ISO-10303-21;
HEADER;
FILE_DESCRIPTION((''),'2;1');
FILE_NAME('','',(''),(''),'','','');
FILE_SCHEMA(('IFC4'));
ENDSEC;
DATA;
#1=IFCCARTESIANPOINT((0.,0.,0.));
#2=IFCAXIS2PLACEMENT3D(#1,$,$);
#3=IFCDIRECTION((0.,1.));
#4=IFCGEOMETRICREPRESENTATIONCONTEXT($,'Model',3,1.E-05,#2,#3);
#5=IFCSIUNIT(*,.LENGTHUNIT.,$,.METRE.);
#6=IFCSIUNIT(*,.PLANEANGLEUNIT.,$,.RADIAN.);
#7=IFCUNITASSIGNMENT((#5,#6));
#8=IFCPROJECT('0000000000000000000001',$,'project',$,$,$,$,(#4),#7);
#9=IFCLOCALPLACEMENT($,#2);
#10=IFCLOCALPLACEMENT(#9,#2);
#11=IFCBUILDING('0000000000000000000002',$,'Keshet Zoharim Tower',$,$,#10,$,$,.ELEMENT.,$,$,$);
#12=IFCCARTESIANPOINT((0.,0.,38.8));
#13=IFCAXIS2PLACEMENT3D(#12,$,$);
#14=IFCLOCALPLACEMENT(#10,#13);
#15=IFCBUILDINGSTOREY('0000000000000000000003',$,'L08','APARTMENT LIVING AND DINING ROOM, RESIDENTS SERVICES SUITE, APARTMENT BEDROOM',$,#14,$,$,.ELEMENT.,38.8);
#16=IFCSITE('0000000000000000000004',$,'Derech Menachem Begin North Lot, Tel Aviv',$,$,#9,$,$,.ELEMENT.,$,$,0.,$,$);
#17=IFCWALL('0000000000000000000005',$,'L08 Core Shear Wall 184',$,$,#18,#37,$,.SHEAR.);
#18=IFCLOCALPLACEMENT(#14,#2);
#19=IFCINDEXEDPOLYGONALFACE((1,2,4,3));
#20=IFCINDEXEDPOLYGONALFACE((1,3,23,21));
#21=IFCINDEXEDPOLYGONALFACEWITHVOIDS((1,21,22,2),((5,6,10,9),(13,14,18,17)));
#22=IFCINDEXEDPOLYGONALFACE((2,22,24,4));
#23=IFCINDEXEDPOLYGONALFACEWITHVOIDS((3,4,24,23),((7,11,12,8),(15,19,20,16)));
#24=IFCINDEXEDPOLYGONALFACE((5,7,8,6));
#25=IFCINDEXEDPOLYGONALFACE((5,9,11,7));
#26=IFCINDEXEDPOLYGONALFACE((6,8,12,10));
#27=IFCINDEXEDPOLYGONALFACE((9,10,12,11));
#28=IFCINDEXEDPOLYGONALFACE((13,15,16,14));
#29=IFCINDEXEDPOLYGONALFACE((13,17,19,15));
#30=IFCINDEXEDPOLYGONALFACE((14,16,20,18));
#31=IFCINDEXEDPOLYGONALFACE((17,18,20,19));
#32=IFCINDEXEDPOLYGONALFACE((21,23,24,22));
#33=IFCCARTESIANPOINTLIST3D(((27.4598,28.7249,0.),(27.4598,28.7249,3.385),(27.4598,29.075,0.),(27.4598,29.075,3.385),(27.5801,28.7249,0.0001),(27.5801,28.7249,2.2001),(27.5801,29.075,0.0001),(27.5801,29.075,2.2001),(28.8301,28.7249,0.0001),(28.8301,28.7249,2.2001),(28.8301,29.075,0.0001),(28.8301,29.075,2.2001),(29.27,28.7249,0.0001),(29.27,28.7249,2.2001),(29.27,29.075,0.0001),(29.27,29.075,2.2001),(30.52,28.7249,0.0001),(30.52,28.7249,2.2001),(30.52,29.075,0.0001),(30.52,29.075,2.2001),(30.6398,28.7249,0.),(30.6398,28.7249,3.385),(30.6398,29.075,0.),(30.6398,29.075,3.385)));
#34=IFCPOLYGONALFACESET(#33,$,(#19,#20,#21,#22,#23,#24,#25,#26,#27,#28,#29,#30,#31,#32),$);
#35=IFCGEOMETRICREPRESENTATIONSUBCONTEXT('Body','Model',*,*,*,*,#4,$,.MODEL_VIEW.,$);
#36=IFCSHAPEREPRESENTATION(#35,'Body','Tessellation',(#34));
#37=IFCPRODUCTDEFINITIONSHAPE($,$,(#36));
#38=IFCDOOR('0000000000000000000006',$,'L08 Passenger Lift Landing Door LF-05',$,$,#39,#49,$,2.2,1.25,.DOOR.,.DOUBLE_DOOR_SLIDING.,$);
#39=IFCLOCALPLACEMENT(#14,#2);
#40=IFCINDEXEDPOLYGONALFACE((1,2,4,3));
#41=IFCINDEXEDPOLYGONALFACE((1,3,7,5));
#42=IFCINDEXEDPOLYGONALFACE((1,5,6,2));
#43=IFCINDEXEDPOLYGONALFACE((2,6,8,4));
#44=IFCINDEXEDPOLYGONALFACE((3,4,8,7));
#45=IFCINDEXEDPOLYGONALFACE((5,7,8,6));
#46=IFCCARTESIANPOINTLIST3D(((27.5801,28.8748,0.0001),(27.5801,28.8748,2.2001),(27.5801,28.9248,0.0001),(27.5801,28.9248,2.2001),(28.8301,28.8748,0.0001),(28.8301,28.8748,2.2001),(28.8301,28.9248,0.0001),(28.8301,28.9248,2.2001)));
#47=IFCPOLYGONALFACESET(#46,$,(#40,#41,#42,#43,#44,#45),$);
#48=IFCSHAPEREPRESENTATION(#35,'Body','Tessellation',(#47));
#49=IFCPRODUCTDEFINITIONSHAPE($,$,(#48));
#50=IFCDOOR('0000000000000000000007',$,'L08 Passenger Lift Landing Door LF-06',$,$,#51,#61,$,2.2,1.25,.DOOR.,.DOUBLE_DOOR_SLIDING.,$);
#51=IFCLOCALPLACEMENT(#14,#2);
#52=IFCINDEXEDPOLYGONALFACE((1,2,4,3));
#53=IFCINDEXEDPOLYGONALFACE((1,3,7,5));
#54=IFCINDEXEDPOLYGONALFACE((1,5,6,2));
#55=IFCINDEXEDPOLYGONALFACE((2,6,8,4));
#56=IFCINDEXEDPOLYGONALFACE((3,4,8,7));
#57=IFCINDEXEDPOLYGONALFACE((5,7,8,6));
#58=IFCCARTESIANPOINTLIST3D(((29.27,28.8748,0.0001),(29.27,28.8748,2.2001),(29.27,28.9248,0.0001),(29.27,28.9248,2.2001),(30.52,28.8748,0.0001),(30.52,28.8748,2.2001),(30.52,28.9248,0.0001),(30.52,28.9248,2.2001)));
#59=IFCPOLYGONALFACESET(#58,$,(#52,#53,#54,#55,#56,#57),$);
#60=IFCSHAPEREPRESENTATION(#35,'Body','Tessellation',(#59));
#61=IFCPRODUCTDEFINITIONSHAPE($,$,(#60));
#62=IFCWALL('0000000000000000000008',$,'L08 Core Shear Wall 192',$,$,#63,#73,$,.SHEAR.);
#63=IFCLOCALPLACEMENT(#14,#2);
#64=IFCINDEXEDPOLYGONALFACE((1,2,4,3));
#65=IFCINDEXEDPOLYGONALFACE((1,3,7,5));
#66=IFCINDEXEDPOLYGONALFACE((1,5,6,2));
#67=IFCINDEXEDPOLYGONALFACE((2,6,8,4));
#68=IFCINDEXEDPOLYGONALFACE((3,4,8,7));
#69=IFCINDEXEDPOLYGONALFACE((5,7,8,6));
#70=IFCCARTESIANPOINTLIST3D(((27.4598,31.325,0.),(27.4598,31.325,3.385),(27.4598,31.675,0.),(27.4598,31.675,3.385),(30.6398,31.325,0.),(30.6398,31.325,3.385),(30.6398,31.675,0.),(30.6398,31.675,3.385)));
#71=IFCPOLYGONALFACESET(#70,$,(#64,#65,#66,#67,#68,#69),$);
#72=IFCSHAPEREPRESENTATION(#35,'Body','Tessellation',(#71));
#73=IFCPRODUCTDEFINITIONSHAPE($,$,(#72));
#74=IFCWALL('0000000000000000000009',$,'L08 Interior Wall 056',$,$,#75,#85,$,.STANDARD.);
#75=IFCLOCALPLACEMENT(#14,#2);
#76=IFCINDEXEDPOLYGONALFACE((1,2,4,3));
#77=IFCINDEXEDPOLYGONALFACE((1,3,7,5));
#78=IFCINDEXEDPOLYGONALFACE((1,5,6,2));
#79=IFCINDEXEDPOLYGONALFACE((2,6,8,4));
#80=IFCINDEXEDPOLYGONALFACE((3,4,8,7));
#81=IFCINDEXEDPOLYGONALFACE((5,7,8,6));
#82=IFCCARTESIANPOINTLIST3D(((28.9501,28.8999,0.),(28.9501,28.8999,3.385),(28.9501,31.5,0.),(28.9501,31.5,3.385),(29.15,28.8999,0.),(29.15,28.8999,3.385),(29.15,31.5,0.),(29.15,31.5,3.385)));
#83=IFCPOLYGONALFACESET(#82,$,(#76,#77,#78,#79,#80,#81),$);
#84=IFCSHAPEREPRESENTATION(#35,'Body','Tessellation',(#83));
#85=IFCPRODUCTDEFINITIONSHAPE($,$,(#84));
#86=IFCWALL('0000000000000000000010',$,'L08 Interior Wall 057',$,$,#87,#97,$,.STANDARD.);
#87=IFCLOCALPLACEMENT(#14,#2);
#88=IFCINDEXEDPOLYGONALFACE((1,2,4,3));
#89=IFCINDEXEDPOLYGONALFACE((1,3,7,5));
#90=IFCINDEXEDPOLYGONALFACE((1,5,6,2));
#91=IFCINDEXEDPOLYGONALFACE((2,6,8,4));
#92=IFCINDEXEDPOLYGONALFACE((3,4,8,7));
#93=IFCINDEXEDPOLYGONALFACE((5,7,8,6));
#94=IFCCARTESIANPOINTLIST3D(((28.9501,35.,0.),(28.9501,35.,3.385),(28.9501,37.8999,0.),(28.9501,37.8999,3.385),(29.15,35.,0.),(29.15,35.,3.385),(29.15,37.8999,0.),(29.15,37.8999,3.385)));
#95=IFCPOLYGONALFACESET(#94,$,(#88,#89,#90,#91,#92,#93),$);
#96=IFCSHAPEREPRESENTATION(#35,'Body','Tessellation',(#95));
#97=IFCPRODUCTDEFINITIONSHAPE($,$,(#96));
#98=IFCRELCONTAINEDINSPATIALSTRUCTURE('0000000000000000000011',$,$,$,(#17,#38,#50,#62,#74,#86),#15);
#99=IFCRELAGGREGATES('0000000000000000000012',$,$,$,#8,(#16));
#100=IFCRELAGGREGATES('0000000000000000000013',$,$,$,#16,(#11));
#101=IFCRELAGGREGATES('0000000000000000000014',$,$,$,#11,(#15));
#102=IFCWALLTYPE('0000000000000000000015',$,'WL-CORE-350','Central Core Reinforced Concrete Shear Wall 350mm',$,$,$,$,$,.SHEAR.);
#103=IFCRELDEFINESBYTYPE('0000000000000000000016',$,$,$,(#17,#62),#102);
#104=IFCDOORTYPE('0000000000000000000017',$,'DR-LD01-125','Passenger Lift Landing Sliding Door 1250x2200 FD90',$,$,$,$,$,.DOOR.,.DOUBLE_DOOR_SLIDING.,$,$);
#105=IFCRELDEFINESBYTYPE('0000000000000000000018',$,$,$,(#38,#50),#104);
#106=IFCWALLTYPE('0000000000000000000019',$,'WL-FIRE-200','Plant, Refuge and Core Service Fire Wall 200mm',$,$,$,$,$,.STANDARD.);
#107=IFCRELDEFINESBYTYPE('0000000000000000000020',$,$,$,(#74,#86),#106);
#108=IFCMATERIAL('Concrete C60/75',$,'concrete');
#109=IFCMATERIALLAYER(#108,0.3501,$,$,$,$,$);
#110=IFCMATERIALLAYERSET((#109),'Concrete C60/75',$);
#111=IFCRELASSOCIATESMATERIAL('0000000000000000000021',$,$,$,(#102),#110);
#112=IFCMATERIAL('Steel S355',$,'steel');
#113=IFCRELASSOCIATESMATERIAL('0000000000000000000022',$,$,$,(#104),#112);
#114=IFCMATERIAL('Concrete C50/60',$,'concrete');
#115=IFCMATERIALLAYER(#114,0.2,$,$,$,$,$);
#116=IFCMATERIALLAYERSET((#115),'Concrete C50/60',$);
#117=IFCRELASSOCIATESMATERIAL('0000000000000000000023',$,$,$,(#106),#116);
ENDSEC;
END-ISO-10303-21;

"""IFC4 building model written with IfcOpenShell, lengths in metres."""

from ifc_helpers import new_model, si_unit, direction, frame, frame_2d, origin, place, context, subcontext, project, spatial, rectangle, extrude, material, layer, layer_set, type_object, element, fill, save


model = new_model("IFC4")

# Units and contexts
model_context = context("Model", 3, precision=1e-05, world=origin(), true_north=direction((0.0, 1.0)))
body_context = subcontext(model_context, "Body", "Model", "MODEL_VIEW")
ifc_project = project(units=[si_unit("LENGTHUNIT", "METRE"), si_unit("PLANEANGLEUNIT", "RADIAN")], contexts=[model_context])

# Site, building, storey
site_placement = place(None, origin())
site = spatial("IfcSite", under=ifc_project, at=site_placement, Name="Derech Menachem Begin North Lot, Tel Aviv", CompositionType="ELEMENT", RefElevation=0.0)
building_placement = place(site_placement, origin())
building = spatial("IfcBuilding", under=site, at=building_placement, Name="Keshet Zoharim Tower", CompositionType="ELEMENT")
storey_placement = place(building_placement, frame((0.0, 0.0, 38.8)))
storey = spatial("IfcBuildingStorey", under=building, at=storey_placement, Name="L08", Description="APARTMENT LIVING AND DINING ROOM, RESIDENTS SERVICES SUITE, APARTMENT BEDROOM", CompositionType="ELEMENT", Elevation=38.8)

# Shared definitions
ifc_material_1 = material(Name="Concrete C60/75", Category="concrete")

# Shared definitions
ifc_material_2 = material(Name="Steel S355", Category="steel")

# Shared definitions
ifc_layer_1 = layer(ifc_material_1, 0.3501)
ifc_layer_set_1 = layer_set([ifc_layer_1], Name="Concrete C60/75")
wall_type_1 = type_object("IfcWallType", Name="WL-CORE-350", Description="Central Core Reinforced Concrete Shear Wall 350mm", PredefinedType="SHEAR", material=ifc_layer_set_1)

# Wall, openings, doors
door_type_1 = type_object("IfcDoorType", Name="DR-LD01-125", Description="Passenger Lift Landing Sliding Door 1250x2200 FD90", OperationType="DOUBLE_DOOR_SLIDING", PredefinedType="DOOR", material=ifc_material_2)
wall_1_placement = place(storey_placement, frame((27.46, 28.8999, 0.0), z_axis=(0.0, 0.0, 1.0), x_axis=(1.0, 0.0, 0.0)))
wall_1 = element("IfcWall", 1, at=wall_1_placement, inside=storey, type_object=wall_type_1, Name="L08 Core Shear Wall 184", PredefinedType="SHEAR", context=body_context, shape_type="SweptSolid", body=[
    extrude(rectangle(XDim=3.1799, YDim=0.3501, at=frame_2d((1.5898, 0.0))), origin(), (0.0, 0.0, 1.0), 3.385),
])
opening_1_placement = place(wall_1_placement, frame((0.1201, 0.0, 0.0)))
opening_1 = element("IfcOpeningElement", 2, at=opening_1_placement, cuts=wall_1, PredefinedType="OPENING", context=body_context, shape_type="SweptSolid", body=[
    extrude(rectangle(XDim=1.25, YDim=2.2, at=frame_2d((0.625, 1.1001))), frame((0.0, 0.1851, 0.0), z_axis=(0.0, -1.0, 0.0), x_axis=(1.0, 0.0, 0.0)), (0.0, 0.0, 1.0), 0.3701),
])
opening_2_placement = place(wall_1_placement, frame((1.8101, 0.0, 0.0)))
opening_2 = element("IfcOpeningElement", 3, at=opening_2_placement, cuts=wall_1, PredefinedType="OPENING", context=body_context, shape_type="SweptSolid", body=[
    extrude(rectangle(XDim=1.25, YDim=2.2, at=frame_2d((0.625, 1.1001))), frame((0.0, 0.1851, 0.0), z_axis=(0.0, -1.0, 0.0), x_axis=(1.0, 0.0, 0.0)), (0.0, 0.0, 1.0), 0.3701),
])
door_1_placement = place(opening_1_placement, origin())
door_1 = element("IfcDoor", 4, at=door_1_placement, inside=storey, type_object=door_type_1, Name="L08 Passenger Lift Landing Door LF-05", OperationType="DOUBLE_DOOR_SLIDING", OverallHeight=2.2, OverallWidth=1.25, PredefinedType="DOOR", context=body_context, shape_type="SweptSolid", body=[
    extrude(rectangle(XDim=1.25, YDim=2.2, at=frame_2d((0.625, 1.1001))), frame((0.0, 0.0249, 0.0), z_axis=(0.0, -1.0, 0.0), x_axis=(1.0, 0.0, 0.0)), (0.0, 0.0, 1.0), 0.05),
])
fill(opening_1, door_1)
door_2_placement = place(opening_2_placement, origin())
door_2 = element("IfcDoor", 5, at=door_2_placement, inside=storey, type_object=door_type_1, Name="L08 Passenger Lift Landing Door LF-06", OperationType="DOUBLE_DOOR_SLIDING", OverallHeight=2.2, OverallWidth=1.25, PredefinedType="DOOR", context=body_context, shape_type="SweptSolid", body=[
    extrude(rectangle(XDim=1.25, YDim=2.2, at=frame_2d((0.625, 1.1001))), frame((0.0, 0.0249, 0.0), z_axis=(0.0, -1.0, 0.0), x_axis=(1.0, 0.0, 0.0)), (0.0, 0.0, 1.0), 0.05),
])
fill(opening_2, door_2)

# Walls
wall_2_placement = place(storey_placement, frame((27.46, 31.5, 0.0), z_axis=(0.0, 0.0, 1.0), x_axis=(1.0, 0.0, 0.0)))
element("IfcWall", 6, at=wall_2_placement, inside=storey, type_object=wall_type_1, Name="L08 Core Shear Wall 192", PredefinedType="SHEAR", context=body_context, shape_type="SweptSolid", body=[
    extrude(rectangle(XDim=3.1799, YDim=0.3501, at=frame_2d((1.5898, 0.0))), origin(), (0.0, 0.0, 1.0), 3.385),
])
ifc_material_3 = material(Name="Concrete C50/60", Category="concrete")
ifc_layer_2 = layer(ifc_material_3, 0.2)
ifc_layer_set_2 = layer_set([ifc_layer_2], Name="Concrete C50/60")
wall_type_2 = type_object("IfcWallType", Name="WL-FIRE-200", Description="Plant, Refuge and Core Service Fire Wall 200mm", PredefinedType="STANDARD", material=ifc_layer_set_2)
wall_3_placement = place(storey_placement, frame((29.05, 28.8999, 0.0), z_axis=(0.0, 0.0, 1.0), x_axis=(0.0, 1.0, 0.0)))
element("IfcWall", 7, at=wall_3_placement, inside=storey, type_object=wall_type_2, Name="L08 Interior Wall 056", PredefinedType="STANDARD", context=body_context, shape_type="SweptSolid", body=[
    extrude(rectangle(XDim=2.6001, YDim=0.2, at=frame_2d((1.3, 0.0))), origin(), (0.0, 0.0, 1.0), 3.385),
])
wall_4_placement = place(storey_placement, frame((29.05, 35.0, 0.0), z_axis=(0.0, 0.0, 1.0), x_axis=(0.0, 1.0, 0.0)))
element("IfcWall", 8, at=wall_4_placement, inside=storey, type_object=wall_type_2, Name="L08 Interior Wall 057", PredefinedType="STANDARD", context=body_context, shape_type="SweptSolid", body=[
    extrude(rectangle(XDim=2.8999, YDim=0.2, at=frame_2d((1.45, 0.0))), origin(), (0.0, 0.0, 1.0), 3.385),
])

save(model, "model.ifc")
